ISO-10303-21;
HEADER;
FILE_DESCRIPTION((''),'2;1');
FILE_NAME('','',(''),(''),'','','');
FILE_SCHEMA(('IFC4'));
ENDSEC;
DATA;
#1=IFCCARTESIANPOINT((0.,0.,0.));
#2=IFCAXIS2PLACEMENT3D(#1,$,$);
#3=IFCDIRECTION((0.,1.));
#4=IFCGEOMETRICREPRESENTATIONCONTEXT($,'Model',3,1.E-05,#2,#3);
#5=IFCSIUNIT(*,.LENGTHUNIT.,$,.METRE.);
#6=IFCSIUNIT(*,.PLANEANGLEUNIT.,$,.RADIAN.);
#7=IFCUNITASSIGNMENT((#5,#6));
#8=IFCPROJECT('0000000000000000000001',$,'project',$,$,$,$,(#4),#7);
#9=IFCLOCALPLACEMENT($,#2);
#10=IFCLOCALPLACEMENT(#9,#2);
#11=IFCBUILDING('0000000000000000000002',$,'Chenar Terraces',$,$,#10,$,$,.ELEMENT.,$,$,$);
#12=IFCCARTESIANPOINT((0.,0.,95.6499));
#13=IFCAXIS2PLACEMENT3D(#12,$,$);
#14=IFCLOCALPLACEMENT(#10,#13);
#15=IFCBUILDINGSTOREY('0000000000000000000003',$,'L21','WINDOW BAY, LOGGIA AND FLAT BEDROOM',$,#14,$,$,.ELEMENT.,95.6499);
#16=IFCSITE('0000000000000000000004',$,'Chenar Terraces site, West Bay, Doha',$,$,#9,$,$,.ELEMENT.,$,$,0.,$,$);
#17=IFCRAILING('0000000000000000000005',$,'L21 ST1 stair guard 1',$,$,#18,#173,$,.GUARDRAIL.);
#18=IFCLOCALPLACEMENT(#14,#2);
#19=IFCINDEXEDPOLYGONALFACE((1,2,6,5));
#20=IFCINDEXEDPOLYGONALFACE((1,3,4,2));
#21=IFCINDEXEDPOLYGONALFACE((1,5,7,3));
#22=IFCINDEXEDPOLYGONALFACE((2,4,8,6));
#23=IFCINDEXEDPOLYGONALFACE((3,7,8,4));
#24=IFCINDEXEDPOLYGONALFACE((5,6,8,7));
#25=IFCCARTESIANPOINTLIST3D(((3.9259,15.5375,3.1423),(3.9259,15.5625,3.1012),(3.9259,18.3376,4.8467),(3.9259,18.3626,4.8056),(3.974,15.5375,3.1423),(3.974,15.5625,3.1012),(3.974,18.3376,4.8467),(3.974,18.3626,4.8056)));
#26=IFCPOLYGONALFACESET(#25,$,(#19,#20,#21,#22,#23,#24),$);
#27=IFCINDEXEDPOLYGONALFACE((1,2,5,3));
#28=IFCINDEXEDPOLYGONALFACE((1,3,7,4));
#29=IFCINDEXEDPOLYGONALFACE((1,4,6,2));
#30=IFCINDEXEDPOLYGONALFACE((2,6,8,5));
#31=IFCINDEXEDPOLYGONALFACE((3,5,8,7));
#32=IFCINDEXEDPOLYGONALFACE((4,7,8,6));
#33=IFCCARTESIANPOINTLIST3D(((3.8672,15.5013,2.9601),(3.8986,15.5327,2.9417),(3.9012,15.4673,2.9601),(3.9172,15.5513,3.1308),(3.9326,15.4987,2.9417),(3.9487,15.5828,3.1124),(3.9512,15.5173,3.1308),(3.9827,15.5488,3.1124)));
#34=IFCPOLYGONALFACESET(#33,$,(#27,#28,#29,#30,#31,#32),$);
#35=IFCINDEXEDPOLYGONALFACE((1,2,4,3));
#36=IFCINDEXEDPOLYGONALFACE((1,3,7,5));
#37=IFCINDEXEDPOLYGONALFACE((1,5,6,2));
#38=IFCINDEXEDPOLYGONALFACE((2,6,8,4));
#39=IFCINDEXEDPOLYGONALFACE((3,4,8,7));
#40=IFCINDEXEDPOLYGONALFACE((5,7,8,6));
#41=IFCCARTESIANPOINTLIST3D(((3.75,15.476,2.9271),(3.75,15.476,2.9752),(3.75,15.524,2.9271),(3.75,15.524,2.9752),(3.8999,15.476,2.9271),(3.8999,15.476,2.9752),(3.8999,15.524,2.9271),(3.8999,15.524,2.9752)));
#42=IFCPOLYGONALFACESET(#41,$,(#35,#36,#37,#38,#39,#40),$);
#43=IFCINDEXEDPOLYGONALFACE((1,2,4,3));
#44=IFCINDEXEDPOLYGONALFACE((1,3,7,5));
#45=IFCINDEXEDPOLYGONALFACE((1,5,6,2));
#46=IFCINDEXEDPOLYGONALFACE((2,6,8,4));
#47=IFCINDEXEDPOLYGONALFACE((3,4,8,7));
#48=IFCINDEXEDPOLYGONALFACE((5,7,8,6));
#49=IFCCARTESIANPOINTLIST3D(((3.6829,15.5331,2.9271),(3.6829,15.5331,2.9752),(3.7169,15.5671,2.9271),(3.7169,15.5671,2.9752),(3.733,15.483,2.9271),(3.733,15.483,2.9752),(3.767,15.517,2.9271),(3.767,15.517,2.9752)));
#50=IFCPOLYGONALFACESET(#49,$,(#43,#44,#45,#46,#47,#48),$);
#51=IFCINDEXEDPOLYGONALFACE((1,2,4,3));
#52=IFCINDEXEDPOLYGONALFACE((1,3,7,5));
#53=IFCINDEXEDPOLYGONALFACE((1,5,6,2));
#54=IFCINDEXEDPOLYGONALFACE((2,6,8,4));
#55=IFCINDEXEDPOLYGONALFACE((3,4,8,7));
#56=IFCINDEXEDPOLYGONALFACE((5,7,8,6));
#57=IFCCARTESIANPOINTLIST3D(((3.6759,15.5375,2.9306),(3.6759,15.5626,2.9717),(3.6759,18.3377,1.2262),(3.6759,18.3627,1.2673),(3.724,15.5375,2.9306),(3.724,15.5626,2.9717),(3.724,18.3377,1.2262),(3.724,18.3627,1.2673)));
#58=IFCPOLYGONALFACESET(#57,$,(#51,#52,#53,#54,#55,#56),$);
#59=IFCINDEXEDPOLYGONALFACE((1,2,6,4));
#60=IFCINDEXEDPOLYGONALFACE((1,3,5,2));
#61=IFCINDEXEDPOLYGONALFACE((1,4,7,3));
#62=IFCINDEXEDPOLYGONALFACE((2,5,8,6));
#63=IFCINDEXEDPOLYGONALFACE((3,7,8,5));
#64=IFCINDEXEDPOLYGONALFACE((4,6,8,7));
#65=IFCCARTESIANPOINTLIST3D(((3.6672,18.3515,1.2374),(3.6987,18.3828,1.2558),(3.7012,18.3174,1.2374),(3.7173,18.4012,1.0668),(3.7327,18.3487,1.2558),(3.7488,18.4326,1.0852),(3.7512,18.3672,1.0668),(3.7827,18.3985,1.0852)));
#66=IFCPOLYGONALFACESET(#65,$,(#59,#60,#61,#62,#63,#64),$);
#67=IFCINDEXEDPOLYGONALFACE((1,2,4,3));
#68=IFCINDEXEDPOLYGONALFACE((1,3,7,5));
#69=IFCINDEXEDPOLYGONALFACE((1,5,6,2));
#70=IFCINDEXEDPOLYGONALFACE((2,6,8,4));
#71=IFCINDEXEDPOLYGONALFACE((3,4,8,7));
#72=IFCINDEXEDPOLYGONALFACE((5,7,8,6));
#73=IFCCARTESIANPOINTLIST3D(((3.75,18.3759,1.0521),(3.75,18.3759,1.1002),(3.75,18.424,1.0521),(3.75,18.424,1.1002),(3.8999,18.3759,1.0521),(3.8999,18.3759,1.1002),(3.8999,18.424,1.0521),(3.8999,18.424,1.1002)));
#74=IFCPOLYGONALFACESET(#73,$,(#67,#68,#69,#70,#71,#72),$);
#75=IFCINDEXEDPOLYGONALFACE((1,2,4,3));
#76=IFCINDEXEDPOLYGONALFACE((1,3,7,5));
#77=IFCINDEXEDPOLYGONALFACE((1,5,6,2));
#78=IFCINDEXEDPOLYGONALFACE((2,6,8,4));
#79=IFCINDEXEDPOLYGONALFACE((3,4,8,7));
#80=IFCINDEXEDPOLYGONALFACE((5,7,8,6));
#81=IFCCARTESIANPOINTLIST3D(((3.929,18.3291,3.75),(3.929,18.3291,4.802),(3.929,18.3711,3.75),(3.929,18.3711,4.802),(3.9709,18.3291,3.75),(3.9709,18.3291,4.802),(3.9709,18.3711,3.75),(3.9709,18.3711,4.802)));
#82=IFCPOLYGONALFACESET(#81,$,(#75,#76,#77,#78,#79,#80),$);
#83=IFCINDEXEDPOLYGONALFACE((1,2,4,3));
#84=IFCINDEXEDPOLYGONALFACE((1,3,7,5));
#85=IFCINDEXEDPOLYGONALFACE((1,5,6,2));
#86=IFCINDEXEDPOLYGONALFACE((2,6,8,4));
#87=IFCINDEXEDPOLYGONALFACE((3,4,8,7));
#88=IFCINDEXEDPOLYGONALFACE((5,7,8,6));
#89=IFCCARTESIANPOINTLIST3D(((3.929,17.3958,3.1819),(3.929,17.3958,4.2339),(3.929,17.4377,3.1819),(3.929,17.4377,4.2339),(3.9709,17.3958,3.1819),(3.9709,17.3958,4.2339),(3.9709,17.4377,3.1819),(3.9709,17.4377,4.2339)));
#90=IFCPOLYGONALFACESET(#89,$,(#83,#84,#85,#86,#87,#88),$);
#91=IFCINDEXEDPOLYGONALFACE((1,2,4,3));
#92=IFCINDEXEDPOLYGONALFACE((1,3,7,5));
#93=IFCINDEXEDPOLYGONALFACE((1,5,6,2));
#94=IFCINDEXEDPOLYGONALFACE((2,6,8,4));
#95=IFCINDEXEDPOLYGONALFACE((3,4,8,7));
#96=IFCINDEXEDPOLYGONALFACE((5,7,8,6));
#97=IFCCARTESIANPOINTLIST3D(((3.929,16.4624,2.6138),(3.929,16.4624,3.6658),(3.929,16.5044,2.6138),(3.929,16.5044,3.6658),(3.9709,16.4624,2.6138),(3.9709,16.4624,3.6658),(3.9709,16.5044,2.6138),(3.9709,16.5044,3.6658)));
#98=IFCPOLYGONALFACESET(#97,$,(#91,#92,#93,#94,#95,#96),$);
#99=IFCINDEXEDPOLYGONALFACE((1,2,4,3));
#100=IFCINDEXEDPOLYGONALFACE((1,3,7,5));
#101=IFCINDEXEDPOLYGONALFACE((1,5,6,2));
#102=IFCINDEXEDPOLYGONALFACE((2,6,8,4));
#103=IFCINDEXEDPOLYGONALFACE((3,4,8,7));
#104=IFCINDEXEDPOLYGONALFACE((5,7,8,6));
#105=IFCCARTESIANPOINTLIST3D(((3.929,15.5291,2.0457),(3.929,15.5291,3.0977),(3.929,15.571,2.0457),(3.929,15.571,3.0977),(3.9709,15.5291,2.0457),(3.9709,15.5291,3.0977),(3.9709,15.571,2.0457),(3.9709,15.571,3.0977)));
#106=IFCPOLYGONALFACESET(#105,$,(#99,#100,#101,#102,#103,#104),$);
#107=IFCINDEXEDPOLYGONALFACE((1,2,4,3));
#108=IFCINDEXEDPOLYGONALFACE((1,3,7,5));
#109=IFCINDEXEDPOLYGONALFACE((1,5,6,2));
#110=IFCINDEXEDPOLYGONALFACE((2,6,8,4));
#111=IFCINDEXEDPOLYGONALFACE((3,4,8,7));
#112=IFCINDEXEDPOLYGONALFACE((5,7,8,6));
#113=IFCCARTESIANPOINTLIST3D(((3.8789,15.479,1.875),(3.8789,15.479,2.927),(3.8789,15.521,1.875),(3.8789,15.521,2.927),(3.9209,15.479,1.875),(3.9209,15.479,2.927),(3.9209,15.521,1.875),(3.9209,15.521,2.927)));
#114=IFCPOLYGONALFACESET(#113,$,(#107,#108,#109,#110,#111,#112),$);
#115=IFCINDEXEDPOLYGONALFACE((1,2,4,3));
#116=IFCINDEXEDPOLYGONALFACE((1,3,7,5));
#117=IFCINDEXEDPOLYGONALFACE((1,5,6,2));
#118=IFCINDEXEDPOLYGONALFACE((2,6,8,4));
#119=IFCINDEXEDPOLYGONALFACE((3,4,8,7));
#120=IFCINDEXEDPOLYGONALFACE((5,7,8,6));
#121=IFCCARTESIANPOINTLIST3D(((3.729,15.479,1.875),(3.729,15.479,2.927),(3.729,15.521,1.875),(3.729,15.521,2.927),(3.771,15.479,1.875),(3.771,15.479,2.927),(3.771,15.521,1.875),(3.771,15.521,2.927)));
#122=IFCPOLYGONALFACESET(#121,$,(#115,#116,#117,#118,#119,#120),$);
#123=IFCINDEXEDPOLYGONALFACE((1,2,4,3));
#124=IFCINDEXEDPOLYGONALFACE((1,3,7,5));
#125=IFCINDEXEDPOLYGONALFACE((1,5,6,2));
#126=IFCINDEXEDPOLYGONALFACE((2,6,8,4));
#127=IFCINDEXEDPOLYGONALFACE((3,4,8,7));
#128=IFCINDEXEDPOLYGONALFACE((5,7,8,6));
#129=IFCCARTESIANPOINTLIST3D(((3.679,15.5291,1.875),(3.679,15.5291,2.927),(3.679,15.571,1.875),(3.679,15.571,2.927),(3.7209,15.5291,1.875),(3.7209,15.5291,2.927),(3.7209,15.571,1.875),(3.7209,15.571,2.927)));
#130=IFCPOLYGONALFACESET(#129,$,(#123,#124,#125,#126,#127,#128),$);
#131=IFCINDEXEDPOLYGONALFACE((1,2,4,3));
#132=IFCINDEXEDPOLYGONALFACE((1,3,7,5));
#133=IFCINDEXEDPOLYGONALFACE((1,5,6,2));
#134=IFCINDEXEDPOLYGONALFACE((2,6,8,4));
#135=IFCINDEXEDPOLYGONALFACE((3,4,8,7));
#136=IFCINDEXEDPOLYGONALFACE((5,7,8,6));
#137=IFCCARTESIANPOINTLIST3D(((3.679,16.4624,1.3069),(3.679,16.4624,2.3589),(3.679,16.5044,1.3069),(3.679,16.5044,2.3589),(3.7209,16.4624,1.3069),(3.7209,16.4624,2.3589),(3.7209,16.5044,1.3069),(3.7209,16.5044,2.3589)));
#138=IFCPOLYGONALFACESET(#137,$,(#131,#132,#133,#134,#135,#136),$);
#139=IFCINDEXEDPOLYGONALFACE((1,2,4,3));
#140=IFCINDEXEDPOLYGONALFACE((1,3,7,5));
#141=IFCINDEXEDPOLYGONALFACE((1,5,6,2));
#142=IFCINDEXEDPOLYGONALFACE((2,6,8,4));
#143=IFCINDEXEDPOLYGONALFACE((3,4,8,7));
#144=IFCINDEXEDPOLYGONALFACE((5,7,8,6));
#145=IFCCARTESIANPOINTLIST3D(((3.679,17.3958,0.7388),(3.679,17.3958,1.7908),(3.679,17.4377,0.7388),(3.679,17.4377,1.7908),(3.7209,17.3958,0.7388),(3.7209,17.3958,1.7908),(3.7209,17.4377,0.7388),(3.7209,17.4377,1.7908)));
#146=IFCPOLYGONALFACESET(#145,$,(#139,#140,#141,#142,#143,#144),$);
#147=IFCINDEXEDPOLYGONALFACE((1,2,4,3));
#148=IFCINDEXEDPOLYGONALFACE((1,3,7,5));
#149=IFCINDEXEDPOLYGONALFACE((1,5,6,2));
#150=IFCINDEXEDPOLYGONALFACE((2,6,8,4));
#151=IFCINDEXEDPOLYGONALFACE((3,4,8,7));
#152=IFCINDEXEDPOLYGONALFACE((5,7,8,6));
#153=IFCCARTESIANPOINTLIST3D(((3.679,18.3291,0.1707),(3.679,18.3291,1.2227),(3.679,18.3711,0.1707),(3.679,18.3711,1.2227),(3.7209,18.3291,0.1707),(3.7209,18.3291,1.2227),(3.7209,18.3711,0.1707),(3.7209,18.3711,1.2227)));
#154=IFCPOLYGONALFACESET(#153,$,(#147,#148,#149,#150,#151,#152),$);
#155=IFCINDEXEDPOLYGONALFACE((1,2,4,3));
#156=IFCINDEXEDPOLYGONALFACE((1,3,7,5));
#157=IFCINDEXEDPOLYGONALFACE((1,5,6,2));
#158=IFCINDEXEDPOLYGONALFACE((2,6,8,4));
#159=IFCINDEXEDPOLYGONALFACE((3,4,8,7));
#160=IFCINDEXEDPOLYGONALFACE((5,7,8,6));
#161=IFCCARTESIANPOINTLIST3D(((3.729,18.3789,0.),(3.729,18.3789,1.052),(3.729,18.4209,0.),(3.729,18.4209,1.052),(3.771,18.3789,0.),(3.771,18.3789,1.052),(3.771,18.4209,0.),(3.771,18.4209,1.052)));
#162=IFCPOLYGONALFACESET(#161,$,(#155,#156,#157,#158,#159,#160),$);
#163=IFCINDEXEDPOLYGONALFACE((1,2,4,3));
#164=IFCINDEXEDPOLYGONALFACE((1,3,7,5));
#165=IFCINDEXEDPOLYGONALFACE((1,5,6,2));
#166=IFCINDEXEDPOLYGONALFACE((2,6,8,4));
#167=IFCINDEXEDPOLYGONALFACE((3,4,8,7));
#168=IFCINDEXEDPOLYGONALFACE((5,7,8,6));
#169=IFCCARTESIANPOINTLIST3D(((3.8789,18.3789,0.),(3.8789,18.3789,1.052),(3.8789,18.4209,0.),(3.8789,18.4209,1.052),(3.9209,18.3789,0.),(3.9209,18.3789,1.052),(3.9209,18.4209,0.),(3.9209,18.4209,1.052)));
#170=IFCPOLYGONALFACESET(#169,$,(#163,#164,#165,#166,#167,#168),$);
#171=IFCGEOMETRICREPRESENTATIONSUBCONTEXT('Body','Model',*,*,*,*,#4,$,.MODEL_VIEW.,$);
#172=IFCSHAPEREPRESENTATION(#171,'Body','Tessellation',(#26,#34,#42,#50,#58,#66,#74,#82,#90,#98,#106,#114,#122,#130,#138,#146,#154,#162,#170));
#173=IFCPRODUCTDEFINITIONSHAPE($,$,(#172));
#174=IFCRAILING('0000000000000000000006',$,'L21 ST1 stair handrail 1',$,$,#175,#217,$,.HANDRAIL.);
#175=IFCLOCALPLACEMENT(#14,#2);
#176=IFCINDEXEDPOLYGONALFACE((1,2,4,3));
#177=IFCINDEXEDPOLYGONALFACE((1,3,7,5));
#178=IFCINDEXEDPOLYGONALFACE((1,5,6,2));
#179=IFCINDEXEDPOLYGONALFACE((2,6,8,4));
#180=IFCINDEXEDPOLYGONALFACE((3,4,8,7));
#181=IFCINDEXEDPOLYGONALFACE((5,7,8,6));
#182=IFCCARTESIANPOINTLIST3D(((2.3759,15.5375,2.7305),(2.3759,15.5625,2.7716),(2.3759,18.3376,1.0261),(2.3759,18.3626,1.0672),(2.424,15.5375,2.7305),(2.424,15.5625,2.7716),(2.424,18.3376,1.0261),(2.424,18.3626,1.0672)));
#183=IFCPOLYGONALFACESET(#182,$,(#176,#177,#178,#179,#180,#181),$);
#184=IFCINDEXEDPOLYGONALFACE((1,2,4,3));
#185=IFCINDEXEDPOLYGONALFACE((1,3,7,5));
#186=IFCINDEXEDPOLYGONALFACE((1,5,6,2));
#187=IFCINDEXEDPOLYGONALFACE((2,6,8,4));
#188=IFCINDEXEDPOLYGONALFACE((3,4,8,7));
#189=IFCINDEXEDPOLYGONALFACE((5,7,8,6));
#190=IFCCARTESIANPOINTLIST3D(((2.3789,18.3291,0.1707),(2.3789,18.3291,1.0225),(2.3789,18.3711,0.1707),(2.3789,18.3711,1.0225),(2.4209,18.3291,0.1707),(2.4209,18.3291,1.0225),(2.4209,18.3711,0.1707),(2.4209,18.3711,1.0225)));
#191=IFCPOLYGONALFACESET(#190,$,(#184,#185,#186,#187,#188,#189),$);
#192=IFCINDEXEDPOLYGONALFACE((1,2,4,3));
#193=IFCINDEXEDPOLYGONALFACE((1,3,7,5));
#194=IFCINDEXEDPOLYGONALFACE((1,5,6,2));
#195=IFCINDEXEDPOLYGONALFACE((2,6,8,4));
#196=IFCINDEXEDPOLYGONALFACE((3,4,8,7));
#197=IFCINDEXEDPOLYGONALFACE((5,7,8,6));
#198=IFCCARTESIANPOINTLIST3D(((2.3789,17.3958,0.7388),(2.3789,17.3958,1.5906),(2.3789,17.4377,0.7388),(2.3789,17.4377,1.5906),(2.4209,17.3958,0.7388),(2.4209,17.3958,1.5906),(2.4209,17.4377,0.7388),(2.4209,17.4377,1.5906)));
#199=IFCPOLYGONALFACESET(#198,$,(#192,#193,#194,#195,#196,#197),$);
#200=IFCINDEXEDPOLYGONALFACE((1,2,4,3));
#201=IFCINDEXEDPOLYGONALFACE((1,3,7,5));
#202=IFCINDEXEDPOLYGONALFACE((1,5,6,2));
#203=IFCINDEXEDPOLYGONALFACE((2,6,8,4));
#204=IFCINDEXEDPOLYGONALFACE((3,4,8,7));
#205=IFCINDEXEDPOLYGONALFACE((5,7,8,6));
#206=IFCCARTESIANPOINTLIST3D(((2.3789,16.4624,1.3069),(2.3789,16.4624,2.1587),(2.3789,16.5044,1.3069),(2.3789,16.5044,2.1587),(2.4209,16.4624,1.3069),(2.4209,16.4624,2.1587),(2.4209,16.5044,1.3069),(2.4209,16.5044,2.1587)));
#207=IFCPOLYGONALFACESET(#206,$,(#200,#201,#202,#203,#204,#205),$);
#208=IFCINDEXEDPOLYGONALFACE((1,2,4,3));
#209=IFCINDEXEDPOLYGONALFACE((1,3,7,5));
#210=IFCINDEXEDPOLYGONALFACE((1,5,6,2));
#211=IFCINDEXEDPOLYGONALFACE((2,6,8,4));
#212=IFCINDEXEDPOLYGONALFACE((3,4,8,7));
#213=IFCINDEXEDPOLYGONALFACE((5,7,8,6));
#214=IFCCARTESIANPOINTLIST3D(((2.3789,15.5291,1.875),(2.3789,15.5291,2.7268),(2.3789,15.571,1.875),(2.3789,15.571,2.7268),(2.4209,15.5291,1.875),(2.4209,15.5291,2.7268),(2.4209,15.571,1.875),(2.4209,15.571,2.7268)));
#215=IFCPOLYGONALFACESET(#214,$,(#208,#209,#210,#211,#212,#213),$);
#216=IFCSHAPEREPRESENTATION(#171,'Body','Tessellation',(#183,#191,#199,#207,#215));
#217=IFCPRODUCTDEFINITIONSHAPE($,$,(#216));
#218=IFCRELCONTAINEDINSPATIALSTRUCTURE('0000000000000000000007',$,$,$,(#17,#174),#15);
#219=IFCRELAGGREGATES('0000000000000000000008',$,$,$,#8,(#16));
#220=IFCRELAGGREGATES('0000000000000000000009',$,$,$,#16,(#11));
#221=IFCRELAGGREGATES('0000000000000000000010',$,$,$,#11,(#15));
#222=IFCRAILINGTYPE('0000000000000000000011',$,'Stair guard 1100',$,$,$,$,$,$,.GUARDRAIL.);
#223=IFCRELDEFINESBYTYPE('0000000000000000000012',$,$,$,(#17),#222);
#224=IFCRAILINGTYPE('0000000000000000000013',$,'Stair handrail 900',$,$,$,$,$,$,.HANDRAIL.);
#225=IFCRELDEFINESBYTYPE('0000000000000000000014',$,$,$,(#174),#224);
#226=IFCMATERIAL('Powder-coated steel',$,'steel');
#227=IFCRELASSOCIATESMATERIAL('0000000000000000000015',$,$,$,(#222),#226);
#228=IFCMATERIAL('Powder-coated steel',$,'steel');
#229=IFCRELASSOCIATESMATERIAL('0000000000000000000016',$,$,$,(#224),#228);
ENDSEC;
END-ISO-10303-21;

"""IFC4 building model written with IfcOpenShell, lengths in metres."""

from ifc_helpers import new_model, si_unit, direction, frame, origin, origin_2d, place, context, subcontext, project, spatial, rectangle, extrude, material, type_object, element, save


model = new_model("IFC4")

# Units and contexts
model_context = context("Model", 3, precision=1e-05, world=origin(), true_north=direction((0.0, 1.0)))
body_context = subcontext(model_context, "Body", "Model", "MODEL_VIEW")
ifc_project = project(units=[si_unit("LENGTHUNIT", "METRE"), si_unit("PLANEANGLEUNIT", "RADIAN")], contexts=[model_context])

# Site, building, storey
site_placement = place(None, origin())
site = spatial("IfcSite", under=ifc_project, at=site_placement, Name="Chenar Terraces site, West Bay, Doha", CompositionType="ELEMENT", RefElevation=0.0)
building_placement = place(site_placement, origin())
building = spatial("IfcBuilding", under=site, at=building_placement, Name="Chenar Terraces", CompositionType="ELEMENT")
storey_placement = place(building_placement, frame((0.0, 0.0, 95.6499)))
storey = spatial("IfcBuildingStorey", under=building, at=storey_placement, Name="L21", Description="WINDOW BAY, LOGGIA AND FLAT BEDROOM", CompositionType="ELEMENT", Elevation=95.6499)

# Railings
ifc_material_1 = material(Name="Powder-coated steel", Category="steel")
railing_type_1 = type_object("IfcRailingType", Name="Stair guard 1100", PredefinedType="GUARDRAIL", material=ifc_material_1)
railing_1_placement = place(storey_placement, frame((3.95, 18.3501, 3.75)))
element("IfcRailing", 1, at=railing_1_placement, inside=storey, type_object=railing_type_1, Name="L21 ST1 stair guard 1", PredefinedType="GUARDRAIL", context=body_context, shape_type="SweptSolid", body=[
    extrude(rectangle(XDim=0.0481, YDim=0.0481, at=origin_2d()), frame((0.0, 0.0, 1.0762), z_axis=(0.0, -0.854203, -0.51994), x_axis=(1.0, 0.0, 0.0)), (0.0, 0.0, 1.0), 3.2781),
    extrude(rectangle(XDim=0.0481, YDim=0.0481, at=origin_2d()), frame((0.0, -2.8, -0.6284), z_axis=(-0.2709, -0.2709, -0.923703), x_axis=(0.707107, -0.707107, 0.0)), (0.0, 0.0, 1.0), 0.1848),
    extrude(rectangle(XDim=0.0481, YDim=0.0481, at=origin_2d()), frame((-0.05, -2.8501, -0.7988), z_axis=(-1.0, 0.0, 0.0), x_axis=(0.0, -1.0, 0.0)), (0.0, 0.0, 1.0), 0.1499),
    extrude(rectangle(XDim=0.0481, YDim=0.0481, at=origin_2d()), frame((-0.2, -2.8501, -0.7988), z_axis=(-0.707107, 0.707107, 0.0), x_axis=(-0.707107, -0.707107, 0.0)), (0.0, 0.0, 1.0), 0.0708),
    extrude(rectangle(XDim=0.0481, YDim=0.0481, at=origin_2d()), frame((-0.25, -2.8, -0.7988), z_axis=(0.0, 0.854203, -0.51994), x_axis=(-1.0, 0.0, 0.0)), (0.0, 0.0, 1.0), 3.2781),
    extrude(rectangle(XDim=0.0481, YDim=0.0481, at=origin_2d()), frame((-0.25, 0.0, -2.5034), z_axis=(0.270997, 0.269675, -0.924033), x_axis=(-0.705376, 0.708834, 0.0)), (0.0, 0.0, 1.0), 0.1846),
    extrude(rectangle(XDim=0.0481, YDim=0.0481, at=origin_2d()), frame((-0.2, 0.0498, -2.6738), z_axis=(1.0, 0.0, 0.0), x_axis=(0.0, 1.0, 0.0)), (0.0, 0.0, 1.0), 0.1499),
    extrude(rectangle(XDim=0.042, YDim=0.042, at=origin_2d()), origin(), (0.0, 0.0, 1.0), 1.052),
    extrude(rectangle(XDim=0.042, YDim=0.042, at=origin_2d()), frame((0.0, -0.9333, -0.5681)), (0.0, 0.0, 1.0), 1.052),
    extrude(rectangle(XDim=0.042, YDim=0.042, at=origin_2d()), frame((0.0, -1.8667, -1.1362)), (0.0, 0.0, 1.0), 1.052),
    extrude(rectangle(XDim=0.042, YDim=0.042, at=origin_2d()), frame((0.0, -2.8, -1.7043)), (0.0, 0.0, 1.0), 1.052),
    extrude(rectangle(XDim=0.042, YDim=0.042, at=origin_2d()), frame((-0.05, -2.8501, -1.875)), (0.0, 0.0, 1.0), 1.052),
    extrude(rectangle(XDim=0.042, YDim=0.042, at=origin_2d()), frame((-0.2, -2.8501, -1.875)), (0.0, 0.0, 1.0), 1.052),
    extrude(rectangle(XDim=0.042, YDim=0.042, at=origin_2d()), frame((-0.25, -2.8, -1.875)), (0.0, 0.0, 1.0), 1.052),
    extrude(rectangle(XDim=0.042, YDim=0.042, at=origin_2d()), frame((-0.25, -1.8667, -2.4431)), (0.0, 0.0, 1.0), 1.052),
    extrude(rectangle(XDim=0.042, YDim=0.042, at=origin_2d()), frame((-0.25, -0.9333, -3.0112)), (0.0, 0.0, 1.0), 1.052),
    extrude(rectangle(XDim=0.042, YDim=0.042, at=origin_2d()), frame((-0.25, 0.0, -3.5793)), (0.0, 0.0, 1.0), 1.052),
    extrude(rectangle(XDim=0.042, YDim=0.042, at=origin_2d()), frame((-0.2, 0.0498, -3.75)), (0.0, 0.0, 1.0), 1.052),
    extrude(rectangle(XDim=0.042, YDim=0.042, at=origin_2d()), frame((-0.05, 0.0498, -3.75)), (0.0, 0.0, 1.0), 1.052),
])
ifc_material_2 = material(Name="Powder-coated steel", Category="steel")
railing_type_2 = type_object("IfcRailingType", Name="Stair handrail 900", PredefinedType="HANDRAIL", material=ifc_material_2)
railing_2_placement = place(storey_placement, frame((2.3999, 18.3501, 0.1707)))
element("IfcRailing", 2, at=railing_2_placement, inside=storey, type_object=railing_type_2, Name="L21 ST1 stair handrail 1", PredefinedType="HANDRAIL", context=body_context, shape_type="SweptSolid", body=[
    extrude(rectangle(XDim=0.0481, YDim=0.0481, at=origin_2d()), frame((0.0, 0.0, 0.876), z_axis=(0.0, -0.854203, 0.51994), x_axis=(1.0, 0.0, 0.0)), (0.0, 0.0, 1.0), 3.2781),
    extrude(rectangle(XDim=0.042, YDim=0.042, at=origin_2d()), origin(), (0.0, 0.0, 1.0), 0.8518),
    extrude(rectangle(XDim=0.042, YDim=0.042, at=origin_2d()), frame((0.0, -0.9333, 0.5681)), (0.0, 0.0, 1.0), 0.8518),
    extrude(rectangle(XDim=0.042, YDim=0.042, at=origin_2d()), frame((0.0, -1.8667, 1.1362)), (0.0, 0.0, 1.0), 0.8518),
    extrude(rectangle(XDim=0.042, YDim=0.042, at=origin_2d()), frame((0.0, -2.8, 1.7043)), (0.0, 0.0, 1.0), 0.8518),
])

save(model, "model.ifc")
